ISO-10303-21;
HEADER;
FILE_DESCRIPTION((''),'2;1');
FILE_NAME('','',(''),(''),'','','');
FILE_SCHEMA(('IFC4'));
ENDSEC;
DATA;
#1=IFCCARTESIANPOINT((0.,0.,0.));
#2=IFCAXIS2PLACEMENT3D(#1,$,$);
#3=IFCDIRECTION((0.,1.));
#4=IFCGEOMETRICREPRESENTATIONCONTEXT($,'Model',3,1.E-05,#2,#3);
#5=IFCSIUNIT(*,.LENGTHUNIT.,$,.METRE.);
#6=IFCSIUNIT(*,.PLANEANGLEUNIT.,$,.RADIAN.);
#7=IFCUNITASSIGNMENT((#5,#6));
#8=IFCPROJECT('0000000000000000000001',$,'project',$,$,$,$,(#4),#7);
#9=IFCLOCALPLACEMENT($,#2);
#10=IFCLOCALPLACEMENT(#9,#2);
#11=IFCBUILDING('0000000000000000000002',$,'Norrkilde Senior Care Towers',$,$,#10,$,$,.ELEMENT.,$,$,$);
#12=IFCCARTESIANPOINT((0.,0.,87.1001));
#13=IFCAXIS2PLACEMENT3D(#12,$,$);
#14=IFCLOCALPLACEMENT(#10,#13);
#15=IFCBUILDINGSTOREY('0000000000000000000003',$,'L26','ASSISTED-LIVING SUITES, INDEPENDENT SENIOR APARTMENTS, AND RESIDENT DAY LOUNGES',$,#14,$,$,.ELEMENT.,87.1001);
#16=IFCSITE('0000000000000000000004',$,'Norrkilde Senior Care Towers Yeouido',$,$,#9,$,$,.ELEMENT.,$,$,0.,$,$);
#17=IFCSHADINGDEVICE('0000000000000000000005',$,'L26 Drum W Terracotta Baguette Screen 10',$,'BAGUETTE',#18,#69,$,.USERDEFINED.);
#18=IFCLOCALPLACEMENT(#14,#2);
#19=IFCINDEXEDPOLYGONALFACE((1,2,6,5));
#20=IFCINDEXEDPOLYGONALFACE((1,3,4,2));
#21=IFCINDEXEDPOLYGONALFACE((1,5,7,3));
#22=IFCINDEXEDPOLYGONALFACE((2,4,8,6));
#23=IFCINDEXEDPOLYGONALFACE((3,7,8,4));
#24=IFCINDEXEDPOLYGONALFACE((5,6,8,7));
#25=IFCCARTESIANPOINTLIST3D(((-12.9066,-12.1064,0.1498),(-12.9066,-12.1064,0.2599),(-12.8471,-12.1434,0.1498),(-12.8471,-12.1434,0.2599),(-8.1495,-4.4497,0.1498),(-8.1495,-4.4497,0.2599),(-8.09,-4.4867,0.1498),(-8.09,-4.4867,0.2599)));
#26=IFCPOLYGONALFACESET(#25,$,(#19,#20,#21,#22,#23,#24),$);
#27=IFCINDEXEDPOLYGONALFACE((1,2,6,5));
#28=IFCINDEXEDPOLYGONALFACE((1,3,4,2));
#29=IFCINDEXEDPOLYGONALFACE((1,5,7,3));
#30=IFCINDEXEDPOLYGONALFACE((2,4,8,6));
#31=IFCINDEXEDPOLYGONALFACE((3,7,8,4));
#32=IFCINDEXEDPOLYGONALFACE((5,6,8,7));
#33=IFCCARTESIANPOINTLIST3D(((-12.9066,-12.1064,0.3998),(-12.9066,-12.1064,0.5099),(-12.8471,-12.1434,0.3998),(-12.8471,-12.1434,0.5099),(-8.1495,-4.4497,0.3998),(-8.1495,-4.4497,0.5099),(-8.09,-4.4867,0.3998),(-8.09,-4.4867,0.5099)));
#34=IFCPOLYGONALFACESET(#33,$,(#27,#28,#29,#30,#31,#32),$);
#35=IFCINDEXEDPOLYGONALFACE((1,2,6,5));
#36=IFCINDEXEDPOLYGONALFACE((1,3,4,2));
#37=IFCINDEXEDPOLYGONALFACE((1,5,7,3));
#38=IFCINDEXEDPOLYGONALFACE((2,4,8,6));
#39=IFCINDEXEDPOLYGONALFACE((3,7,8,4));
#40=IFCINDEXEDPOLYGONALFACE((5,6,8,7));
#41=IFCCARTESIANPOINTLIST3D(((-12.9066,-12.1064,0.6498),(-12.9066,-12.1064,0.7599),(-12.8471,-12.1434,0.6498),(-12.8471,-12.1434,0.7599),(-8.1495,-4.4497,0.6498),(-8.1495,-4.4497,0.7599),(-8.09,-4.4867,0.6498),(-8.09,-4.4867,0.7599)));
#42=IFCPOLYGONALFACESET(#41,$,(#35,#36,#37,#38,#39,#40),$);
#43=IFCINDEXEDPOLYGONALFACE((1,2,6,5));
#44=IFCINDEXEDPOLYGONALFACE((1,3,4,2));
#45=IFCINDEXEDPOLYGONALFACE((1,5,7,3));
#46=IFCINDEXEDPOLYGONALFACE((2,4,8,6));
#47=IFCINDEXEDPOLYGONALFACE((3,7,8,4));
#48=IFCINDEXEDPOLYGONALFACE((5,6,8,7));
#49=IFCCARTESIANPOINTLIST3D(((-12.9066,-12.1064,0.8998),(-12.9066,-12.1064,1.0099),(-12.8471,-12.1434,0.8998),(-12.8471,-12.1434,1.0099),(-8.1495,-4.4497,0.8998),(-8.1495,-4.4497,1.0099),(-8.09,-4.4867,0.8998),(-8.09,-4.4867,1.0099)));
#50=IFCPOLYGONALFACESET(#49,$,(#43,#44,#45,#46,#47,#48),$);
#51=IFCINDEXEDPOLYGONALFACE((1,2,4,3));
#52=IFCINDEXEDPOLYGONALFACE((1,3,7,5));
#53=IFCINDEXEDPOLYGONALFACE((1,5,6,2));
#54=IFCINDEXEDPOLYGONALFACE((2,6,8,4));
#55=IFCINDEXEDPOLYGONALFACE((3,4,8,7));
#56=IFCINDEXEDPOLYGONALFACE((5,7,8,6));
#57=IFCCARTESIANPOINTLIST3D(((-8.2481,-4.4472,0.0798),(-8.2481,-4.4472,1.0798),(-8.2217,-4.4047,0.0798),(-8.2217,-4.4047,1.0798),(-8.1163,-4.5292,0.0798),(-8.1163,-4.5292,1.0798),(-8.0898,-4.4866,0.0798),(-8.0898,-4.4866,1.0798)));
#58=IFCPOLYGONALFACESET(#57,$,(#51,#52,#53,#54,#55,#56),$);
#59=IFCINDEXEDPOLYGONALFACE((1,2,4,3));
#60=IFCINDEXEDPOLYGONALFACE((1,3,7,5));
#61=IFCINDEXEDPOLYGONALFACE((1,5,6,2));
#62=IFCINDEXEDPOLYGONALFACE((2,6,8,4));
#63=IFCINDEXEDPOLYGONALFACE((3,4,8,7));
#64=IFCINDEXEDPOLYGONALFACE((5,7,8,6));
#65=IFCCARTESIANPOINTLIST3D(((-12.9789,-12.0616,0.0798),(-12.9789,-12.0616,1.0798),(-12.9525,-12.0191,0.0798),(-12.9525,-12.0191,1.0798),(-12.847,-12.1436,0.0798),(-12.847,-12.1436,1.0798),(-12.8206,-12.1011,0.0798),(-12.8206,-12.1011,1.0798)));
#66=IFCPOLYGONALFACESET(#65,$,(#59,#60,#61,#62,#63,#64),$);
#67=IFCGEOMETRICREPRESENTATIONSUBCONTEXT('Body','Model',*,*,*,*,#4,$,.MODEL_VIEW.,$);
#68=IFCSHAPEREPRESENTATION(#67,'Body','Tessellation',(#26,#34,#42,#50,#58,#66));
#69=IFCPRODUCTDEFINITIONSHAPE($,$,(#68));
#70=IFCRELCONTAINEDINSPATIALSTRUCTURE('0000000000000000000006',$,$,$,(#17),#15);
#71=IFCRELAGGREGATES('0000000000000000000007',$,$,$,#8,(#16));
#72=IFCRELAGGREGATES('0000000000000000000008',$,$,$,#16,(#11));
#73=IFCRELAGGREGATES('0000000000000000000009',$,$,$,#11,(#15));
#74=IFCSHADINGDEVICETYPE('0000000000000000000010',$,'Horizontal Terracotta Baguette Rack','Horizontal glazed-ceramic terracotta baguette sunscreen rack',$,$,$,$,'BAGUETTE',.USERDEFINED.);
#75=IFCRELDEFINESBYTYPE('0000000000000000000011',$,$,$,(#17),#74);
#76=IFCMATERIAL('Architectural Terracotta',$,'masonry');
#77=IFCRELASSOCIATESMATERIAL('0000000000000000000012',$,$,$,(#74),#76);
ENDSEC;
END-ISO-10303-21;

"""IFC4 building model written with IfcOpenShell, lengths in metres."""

from ifc_helpers import new_model, si_unit, direction, frame, origin, origin_2d, place, context, subcontext, project, spatial, rectangle, extrude, source, transform, mapped, material, type_object, type_shapes, element, save


model = new_model("IFC4")

# Units and contexts
model_context = context("Model", 3, precision=1e-05, world=origin(), true_north=direction((0.0, 1.0)))
body_context = subcontext(model_context, "Body", "Model", "MODEL_VIEW")
ifc_project = project(units=[si_unit("LENGTHUNIT", "METRE"), si_unit("PLANEANGLEUNIT", "RADIAN")], contexts=[model_context])

# Site, building, storey
site_placement = place(None, origin())
site = spatial("IfcSite", under=ifc_project, at=site_placement, Name="Norrkilde Senior Care Towers Yeouido", CompositionType="ELEMENT", RefElevation=0.0)
building_placement = place(site_placement, origin())
building = spatial("IfcBuilding", under=site, at=building_placement, Name="Norrkilde Senior Care Towers", CompositionType="ELEMENT")
storey_placement = place(building_placement, frame((0.0, 0.0, 87.1001)))
storey = spatial("IfcBuildingStorey", under=building, at=storey_placement, Name="L26", Description="ASSISTED-LIVING SUITES, INDEPENDENT SENIOR APARTMENTS, AND RESIDENT DAY LOUNGES", CompositionType="ELEMENT", Elevation=87.1001)

# Shading device
ifc_material_1 = material(Name="Architectural Terracotta", Category="masonry")
shading_device_type = type_object("IfcShadingDeviceType", Name="Horizontal Terracotta Baguette Rack", Description="Horizontal glazed-ceramic terracotta baguette sunscreen rack", ElementType="BAGUETTE", PredefinedType="USERDEFINED", material=ifc_material_1)
shared_shape_1 = source(origin(), body_context, "Body", "SweptSolid", [
    extrude(rectangle(XDim=0.0701, YDim=0.1101, at=origin_2d()), frame((0.0, 0.0901, 0.125), z_axis=(1.0, 0.0, 0.0), x_axis=(0.0, 1.0, 0.0)), (0.0, 0.0, 1.0), 9.0142),
    extrude(rectangle(XDim=0.0701, YDim=0.1101, at=origin_2d()), frame((0.0, 0.0901, 0.375), z_axis=(1.0, 0.0, 0.0), x_axis=(0.0, 1.0, 0.0)), (0.0, 0.0, 1.0), 9.0142),
    extrude(rectangle(XDim=0.0701, YDim=0.1101, at=origin_2d()), frame((0.0, 0.0901, 0.625), z_axis=(1.0, 0.0, 0.0), x_axis=(0.0, 1.0, 0.0)), (0.0, 0.0, 1.0), 9.0142),
    extrude(rectangle(XDim=0.0701, YDim=0.1101, at=origin_2d()), frame((0.0, 0.0901, 0.875), z_axis=(1.0, 0.0, 0.0), x_axis=(0.0, 1.0, 0.0)), (0.0, 0.0, 1.0), 9.0142),
    extrude(rectangle(XDim=0.05, YDim=0.1553, at=origin_2d()), frame((0.0249, 0.0476, 0.0)), (0.0, 0.0, 1.0), 1.0),
    extrude(rectangle(XDim=0.05, YDim=0.1553, at=origin_2d()), frame((8.9893, 0.0476, 0.0)), (0.0, 0.0, 1.0), 1.0),
])
type_shapes(shading_device_type, [shared_shape_1])
shading_device_placement = place(storey_placement, frame((-8.1963, -4.4207, 0.0798), z_axis=(0.0, 0.0, 1.0), x_axis=(-0.527734, -0.849412, 0.0)))
element("IfcShadingDevice", 1, at=shading_device_placement, inside=storey, type_object=shading_device_type, Name="L26 Drum W Terracotta Baguette Screen 10", ObjectType="BAGUETTE", PredefinedType="USERDEFINED", context=body_context, shape_type="MappedRepresentation", body=[
    mapped(shared_shape_1, transform((0.0, 0.0, 0.0), x_axis=(1.0, 0.0, 0.0), y_axis=(0.0, 1.0, 0.0), z_axis=(0.0, 0.0, 1.0), scale=1.0)),
])

save(model, "model.ifc")
